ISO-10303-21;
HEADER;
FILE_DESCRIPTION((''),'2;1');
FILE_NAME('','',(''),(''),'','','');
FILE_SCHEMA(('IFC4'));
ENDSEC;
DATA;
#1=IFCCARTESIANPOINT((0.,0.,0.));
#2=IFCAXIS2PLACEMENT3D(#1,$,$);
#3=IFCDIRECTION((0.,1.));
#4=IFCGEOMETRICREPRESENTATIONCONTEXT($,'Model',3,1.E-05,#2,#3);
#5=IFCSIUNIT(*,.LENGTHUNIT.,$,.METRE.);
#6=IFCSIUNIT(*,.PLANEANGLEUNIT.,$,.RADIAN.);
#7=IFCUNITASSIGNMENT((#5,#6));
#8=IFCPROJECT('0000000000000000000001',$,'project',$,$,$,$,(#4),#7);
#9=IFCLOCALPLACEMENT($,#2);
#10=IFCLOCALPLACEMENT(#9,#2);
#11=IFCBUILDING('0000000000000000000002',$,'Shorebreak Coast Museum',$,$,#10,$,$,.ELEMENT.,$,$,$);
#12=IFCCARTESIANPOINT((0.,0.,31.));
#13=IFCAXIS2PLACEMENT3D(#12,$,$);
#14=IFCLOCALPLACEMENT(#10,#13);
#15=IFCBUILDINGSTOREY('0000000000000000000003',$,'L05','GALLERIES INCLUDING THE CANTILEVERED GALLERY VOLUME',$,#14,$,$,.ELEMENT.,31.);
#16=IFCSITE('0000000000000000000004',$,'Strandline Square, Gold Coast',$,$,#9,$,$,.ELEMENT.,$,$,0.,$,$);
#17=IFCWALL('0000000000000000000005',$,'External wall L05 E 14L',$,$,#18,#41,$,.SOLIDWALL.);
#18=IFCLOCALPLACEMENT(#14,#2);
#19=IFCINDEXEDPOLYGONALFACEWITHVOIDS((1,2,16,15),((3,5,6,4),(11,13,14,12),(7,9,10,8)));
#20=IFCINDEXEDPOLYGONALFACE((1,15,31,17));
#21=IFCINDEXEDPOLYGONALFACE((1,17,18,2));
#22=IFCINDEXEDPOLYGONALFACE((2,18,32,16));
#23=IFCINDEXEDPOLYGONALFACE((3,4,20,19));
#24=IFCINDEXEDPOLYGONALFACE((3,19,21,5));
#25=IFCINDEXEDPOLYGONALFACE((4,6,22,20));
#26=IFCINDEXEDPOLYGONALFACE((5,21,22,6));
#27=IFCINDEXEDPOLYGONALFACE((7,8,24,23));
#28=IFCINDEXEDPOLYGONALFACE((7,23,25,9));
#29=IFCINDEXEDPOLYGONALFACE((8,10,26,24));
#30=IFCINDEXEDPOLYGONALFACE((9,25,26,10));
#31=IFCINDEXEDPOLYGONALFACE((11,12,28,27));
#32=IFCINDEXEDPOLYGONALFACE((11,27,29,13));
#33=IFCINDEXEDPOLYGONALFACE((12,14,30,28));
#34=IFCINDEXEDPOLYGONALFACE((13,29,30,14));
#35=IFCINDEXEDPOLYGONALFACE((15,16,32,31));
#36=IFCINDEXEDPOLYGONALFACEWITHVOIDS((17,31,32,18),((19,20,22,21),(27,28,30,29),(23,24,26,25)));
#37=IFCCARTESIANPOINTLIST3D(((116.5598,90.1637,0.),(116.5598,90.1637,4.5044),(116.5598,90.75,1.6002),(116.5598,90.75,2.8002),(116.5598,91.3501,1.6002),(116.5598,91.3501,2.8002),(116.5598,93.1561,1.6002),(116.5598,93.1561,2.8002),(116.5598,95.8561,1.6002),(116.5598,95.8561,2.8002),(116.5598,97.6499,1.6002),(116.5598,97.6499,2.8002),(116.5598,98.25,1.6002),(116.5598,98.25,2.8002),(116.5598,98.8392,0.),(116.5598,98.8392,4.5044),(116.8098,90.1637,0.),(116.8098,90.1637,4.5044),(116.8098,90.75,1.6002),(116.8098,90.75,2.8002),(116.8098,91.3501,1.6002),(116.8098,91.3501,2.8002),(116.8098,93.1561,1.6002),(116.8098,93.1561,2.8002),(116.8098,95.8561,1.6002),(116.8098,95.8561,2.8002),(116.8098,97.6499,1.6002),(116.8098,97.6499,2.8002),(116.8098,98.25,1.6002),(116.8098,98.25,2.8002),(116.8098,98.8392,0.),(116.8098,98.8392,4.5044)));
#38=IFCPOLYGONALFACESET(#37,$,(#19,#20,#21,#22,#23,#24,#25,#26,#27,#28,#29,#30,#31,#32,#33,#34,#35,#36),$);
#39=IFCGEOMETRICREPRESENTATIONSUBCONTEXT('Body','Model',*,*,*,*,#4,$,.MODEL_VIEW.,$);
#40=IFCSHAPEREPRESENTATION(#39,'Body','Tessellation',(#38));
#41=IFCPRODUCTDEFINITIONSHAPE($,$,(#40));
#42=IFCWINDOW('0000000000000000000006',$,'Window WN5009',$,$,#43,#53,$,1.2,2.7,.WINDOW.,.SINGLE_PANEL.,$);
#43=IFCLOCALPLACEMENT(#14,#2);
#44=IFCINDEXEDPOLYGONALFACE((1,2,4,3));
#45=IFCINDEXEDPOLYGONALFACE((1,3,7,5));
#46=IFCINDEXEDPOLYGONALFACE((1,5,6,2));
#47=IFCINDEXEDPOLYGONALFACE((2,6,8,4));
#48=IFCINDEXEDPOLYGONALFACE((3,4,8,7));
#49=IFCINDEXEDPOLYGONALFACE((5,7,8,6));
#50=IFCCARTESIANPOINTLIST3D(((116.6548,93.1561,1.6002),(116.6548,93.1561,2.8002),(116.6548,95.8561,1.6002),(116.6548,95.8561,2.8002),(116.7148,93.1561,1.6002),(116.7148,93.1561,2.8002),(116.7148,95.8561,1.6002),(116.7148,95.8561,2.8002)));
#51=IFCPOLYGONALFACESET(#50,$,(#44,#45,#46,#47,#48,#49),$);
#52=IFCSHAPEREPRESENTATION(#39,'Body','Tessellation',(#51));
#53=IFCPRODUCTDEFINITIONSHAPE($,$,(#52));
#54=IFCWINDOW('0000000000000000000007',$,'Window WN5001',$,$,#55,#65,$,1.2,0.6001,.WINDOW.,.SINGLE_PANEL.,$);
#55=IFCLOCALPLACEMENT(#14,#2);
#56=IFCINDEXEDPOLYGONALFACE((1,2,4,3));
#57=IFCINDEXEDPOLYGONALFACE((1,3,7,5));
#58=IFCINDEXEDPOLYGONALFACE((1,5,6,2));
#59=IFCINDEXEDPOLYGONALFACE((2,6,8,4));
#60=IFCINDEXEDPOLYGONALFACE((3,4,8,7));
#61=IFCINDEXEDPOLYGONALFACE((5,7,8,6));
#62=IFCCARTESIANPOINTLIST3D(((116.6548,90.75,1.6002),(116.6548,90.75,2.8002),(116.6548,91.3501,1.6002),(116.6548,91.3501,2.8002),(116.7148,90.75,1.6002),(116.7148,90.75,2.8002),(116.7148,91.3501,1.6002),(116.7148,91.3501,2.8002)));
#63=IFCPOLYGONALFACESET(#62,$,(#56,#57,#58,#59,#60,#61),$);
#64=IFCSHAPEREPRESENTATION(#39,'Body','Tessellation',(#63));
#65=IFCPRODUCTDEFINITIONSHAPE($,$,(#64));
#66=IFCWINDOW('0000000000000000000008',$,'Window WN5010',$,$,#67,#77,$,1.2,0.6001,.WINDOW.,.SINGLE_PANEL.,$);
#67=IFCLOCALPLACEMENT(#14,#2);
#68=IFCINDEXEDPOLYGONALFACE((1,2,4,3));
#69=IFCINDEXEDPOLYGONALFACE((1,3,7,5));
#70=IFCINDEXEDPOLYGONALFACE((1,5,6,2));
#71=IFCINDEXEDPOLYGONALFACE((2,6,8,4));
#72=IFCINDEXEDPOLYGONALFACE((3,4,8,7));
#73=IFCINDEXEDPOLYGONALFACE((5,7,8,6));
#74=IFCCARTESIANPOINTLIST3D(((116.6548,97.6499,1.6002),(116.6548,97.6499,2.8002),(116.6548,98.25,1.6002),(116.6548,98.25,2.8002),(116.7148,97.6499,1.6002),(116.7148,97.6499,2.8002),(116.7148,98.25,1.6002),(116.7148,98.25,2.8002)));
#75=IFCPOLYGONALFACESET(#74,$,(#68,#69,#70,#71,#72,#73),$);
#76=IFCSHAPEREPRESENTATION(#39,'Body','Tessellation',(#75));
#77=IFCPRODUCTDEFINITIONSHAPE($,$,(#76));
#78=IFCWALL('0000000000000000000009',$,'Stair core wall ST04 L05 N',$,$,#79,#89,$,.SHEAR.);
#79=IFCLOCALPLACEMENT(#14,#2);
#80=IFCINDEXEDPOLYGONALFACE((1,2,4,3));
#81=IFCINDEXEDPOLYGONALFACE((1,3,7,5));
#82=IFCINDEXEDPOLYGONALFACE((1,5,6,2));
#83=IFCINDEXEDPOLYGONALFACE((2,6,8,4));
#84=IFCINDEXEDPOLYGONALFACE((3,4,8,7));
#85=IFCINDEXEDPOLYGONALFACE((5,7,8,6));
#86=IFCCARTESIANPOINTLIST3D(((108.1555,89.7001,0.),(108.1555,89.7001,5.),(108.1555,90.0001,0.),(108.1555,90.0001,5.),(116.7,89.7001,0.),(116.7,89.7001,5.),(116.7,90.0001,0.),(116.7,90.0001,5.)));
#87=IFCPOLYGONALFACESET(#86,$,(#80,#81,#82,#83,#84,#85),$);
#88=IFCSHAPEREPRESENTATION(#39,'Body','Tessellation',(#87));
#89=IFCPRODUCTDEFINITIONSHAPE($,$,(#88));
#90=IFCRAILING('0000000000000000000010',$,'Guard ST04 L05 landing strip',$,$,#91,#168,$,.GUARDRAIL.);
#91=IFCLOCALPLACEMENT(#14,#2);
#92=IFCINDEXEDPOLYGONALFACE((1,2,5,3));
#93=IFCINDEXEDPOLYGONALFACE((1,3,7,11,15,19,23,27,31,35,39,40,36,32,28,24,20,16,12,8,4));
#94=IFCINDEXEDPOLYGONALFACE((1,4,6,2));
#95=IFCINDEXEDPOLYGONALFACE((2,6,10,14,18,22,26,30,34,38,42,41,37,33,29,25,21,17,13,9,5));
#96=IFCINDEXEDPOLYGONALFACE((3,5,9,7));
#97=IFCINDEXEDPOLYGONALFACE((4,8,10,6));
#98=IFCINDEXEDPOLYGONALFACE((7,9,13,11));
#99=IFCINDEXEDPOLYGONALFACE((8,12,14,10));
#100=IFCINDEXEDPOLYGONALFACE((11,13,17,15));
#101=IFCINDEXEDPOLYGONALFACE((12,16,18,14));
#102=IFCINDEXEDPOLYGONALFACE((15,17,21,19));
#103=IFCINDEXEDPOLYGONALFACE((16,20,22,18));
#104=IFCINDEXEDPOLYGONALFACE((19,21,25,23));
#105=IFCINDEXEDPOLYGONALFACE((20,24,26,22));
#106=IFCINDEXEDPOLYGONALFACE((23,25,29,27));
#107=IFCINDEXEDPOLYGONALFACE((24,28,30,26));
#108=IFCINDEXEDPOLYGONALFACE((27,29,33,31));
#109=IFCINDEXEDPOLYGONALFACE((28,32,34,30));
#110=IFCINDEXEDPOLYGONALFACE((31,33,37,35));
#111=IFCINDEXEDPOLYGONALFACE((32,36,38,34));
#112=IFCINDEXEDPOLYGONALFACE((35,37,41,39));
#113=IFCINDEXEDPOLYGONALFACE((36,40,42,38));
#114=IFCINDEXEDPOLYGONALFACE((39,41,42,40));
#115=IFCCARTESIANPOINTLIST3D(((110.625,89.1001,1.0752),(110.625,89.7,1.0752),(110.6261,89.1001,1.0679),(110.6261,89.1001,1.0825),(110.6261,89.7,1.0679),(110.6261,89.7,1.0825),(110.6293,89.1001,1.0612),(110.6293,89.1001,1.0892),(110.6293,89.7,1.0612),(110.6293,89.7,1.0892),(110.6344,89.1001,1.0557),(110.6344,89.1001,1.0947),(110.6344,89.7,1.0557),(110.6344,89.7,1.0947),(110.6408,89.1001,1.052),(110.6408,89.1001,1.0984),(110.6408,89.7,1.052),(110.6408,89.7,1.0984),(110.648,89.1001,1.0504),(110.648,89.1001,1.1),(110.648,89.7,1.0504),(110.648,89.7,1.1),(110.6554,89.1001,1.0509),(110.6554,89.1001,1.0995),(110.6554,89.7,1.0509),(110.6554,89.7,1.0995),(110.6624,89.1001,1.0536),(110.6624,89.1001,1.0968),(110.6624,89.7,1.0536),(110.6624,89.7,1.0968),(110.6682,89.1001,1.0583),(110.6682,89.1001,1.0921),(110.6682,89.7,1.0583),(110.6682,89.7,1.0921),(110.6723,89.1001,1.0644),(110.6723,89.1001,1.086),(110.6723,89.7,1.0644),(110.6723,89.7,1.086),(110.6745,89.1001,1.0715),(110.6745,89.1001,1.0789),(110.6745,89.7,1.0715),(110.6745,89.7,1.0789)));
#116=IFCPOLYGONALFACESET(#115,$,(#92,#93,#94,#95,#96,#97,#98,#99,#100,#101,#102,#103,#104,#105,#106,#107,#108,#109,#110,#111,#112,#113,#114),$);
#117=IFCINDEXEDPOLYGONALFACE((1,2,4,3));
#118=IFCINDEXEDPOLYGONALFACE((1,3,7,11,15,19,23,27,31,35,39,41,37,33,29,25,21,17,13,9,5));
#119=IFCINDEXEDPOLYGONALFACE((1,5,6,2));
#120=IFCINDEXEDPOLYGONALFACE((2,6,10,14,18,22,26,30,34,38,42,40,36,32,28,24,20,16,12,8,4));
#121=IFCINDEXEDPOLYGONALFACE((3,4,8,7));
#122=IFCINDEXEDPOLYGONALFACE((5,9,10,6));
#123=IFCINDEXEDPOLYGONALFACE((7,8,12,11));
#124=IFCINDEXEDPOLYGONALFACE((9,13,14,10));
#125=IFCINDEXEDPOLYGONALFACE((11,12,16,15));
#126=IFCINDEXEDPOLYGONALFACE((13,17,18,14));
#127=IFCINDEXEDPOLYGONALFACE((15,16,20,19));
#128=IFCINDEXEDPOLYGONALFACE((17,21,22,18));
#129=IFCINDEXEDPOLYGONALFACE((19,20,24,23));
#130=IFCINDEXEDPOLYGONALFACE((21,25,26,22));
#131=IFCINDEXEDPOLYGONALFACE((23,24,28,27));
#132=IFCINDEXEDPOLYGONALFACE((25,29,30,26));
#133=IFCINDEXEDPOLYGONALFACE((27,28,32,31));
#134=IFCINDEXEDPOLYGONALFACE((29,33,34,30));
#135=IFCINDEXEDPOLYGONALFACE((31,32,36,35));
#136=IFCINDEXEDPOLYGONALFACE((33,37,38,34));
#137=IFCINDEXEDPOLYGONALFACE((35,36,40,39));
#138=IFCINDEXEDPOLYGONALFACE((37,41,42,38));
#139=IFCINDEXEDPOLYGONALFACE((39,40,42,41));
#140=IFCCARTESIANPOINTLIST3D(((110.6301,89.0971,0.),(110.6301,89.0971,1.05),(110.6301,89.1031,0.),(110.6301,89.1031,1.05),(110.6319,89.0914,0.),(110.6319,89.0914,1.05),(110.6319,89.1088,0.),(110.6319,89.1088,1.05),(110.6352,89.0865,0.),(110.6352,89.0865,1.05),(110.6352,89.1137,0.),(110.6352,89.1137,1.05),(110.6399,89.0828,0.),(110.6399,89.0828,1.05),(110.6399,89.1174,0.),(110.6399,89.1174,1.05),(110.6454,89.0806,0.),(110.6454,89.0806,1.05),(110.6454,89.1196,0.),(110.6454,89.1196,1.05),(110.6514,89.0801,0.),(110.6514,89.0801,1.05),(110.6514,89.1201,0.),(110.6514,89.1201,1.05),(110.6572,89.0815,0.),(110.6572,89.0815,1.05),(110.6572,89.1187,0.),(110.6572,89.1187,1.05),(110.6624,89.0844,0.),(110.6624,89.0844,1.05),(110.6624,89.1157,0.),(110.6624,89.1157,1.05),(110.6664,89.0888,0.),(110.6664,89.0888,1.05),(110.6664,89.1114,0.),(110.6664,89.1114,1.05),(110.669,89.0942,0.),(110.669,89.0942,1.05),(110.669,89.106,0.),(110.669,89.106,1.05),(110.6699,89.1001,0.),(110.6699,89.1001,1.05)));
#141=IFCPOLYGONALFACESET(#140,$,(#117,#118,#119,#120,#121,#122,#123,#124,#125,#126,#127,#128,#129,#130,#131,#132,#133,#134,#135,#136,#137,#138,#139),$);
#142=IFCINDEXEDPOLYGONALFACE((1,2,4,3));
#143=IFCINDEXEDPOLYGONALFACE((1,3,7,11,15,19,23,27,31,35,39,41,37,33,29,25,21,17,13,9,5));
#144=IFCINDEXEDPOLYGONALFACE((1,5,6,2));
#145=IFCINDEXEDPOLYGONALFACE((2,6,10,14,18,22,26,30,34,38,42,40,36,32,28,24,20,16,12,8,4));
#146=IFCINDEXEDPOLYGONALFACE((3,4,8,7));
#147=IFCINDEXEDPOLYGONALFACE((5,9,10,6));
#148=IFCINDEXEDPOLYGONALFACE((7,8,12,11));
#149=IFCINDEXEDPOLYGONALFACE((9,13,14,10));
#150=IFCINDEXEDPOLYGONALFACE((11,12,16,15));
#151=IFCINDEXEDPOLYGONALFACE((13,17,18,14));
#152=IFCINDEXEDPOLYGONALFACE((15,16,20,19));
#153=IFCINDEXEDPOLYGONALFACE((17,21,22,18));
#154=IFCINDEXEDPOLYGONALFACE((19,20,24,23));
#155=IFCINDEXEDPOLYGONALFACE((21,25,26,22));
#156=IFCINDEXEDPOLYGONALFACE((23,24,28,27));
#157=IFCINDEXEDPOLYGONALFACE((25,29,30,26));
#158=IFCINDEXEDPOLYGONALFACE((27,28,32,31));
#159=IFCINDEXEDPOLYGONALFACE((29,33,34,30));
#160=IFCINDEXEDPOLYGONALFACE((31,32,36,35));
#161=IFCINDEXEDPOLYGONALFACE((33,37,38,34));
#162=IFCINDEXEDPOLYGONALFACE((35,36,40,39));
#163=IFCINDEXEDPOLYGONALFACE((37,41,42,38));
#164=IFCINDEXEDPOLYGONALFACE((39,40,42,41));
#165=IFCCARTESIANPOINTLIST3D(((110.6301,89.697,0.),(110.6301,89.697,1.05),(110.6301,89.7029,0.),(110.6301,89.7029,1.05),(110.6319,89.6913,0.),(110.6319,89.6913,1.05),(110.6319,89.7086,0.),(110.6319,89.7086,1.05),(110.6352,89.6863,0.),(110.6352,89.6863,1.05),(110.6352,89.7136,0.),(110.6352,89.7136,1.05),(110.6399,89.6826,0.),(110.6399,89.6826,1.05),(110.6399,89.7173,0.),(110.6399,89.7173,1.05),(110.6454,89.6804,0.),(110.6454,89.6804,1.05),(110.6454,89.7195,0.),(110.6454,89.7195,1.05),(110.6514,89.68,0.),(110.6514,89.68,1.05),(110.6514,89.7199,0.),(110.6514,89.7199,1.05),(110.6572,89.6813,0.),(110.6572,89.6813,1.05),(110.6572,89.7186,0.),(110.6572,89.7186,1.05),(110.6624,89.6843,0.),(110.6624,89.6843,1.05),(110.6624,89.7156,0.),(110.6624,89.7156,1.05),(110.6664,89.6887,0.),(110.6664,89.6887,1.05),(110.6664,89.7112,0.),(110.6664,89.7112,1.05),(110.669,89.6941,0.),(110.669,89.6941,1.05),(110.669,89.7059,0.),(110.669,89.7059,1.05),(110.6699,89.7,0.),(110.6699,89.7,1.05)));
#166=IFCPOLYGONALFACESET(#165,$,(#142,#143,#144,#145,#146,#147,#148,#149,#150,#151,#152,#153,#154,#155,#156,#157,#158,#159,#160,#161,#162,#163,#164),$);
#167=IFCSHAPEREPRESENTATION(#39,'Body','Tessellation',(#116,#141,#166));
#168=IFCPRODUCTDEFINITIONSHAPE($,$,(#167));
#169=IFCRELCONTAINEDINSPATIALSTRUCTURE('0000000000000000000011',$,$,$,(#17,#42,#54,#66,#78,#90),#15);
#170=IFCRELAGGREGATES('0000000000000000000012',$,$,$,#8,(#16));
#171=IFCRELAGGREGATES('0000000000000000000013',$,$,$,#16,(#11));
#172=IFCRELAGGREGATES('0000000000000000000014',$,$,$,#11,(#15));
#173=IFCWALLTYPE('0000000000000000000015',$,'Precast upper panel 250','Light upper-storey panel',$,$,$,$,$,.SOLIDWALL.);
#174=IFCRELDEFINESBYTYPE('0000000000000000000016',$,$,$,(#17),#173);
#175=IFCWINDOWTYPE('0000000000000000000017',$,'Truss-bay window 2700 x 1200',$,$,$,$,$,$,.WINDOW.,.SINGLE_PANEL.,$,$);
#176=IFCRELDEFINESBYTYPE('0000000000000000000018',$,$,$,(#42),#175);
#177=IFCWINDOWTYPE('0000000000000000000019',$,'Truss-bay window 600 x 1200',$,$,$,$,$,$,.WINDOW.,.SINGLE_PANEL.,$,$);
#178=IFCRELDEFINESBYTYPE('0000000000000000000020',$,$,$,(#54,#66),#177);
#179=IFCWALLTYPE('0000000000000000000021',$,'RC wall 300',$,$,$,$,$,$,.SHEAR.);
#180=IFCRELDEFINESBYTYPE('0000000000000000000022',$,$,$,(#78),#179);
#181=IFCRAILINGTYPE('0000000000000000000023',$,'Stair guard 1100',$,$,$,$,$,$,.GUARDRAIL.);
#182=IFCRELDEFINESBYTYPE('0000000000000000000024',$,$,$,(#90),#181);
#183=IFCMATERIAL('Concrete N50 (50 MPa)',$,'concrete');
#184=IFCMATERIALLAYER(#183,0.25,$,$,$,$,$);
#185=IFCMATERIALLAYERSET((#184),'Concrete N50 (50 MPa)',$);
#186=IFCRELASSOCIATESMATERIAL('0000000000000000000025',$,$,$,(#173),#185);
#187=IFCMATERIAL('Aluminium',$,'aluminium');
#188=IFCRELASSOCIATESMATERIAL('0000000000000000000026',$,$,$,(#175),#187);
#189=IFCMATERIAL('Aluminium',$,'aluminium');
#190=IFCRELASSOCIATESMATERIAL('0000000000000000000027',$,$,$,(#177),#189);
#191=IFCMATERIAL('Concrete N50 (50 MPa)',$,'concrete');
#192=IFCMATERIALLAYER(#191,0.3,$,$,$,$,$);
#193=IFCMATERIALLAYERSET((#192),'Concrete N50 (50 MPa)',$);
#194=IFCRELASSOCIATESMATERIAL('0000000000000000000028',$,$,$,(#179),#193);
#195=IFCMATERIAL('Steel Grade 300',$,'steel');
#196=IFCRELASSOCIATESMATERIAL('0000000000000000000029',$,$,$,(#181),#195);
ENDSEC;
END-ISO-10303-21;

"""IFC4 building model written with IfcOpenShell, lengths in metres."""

from ifc_helpers import new_model, si_unit, direction, frame, frame_2d, origin, origin_2d, place, context, subcontext, project, spatial, rectangle, circle, extrude, material, layer, layer_set, type_object, element, fill, save


model = new_model("IFC4")

# Units and contexts
model_context = context("Model", 3, precision=1e-05, world=origin(), true_north=direction((0.0, 1.0)))
body_context = subcontext(model_context, "Body", "Model", "MODEL_VIEW")
ifc_project = project(units=[si_unit("LENGTHUNIT", "METRE"), si_unit("PLANEANGLEUNIT", "RADIAN")], contexts=[model_context])

# Site, building, storey
site_placement = place(None, origin())
site = spatial("IfcSite", under=ifc_project, at=site_placement, Name="Strandline Square, Gold Coast", CompositionType="ELEMENT", RefElevation=0.0)
building_placement = place(site_placement, origin())
building = spatial("IfcBuilding", under=site, at=building_placement, Name="Shorebreak Coast Museum", CompositionType="ELEMENT")
storey_placement = place(building_placement, frame((0.0, 0.0, 31.0)))
storey = spatial("IfcBuildingStorey", under=building, at=storey_placement, Name="L05", Description="GALLERIES INCLUDING THE CANTILEVERED GALLERY VOLUME", CompositionType="ELEMENT", Elevation=31.0)

# Wall, openings, windows
ifc_material_1 = material(Name="Concrete N50 (50 MPa)", Category="concrete")
ifc_layer_1 = layer(ifc_material_1, 0.25)
ifc_layer_set_1 = layer_set([ifc_layer_1], Name="Concrete N50 (50 MPa)")
wall_type_1 = type_object("IfcWallType", Name="Precast upper panel 250", Description="Light upper-storey panel", PredefinedType="SOLIDWALL", material=ifc_layer_set_1)
wall_1_placement = place(storey_placement, frame((116.6848, 90.1636, 0.0), z_axis=(0.0, 0.0, 1.0), x_axis=(0.0, 1.0, 0.0)))
wall_1 = element("IfcWall", 1, at=wall_1_placement, inside=storey, type_object=wall_type_1, Name="External wall L05 E 14L", PredefinedType="SOLIDWALL", context=body_context, shape_type="SweptSolid", body=[
    extrude(rectangle(XDim=8.6755, YDim=0.25, at=frame_2d((4.3379, 0.0))), origin(), (0.0, 0.0, 1.0), 4.5044),
])
opening_1_placement = place(wall_1_placement, frame((0.5864, 0.0, 1.6001)))
opening_1 = element("IfcOpeningElement", 2, at=opening_1_placement, cuts=wall_1, PredefinedType="OPENING", context=body_context, shape_type="SweptSolid", body=[
    extrude(rectangle(XDim=0.6001, YDim=1.2, at=frame_2d((0.3, 0.6001))), frame((0.0, 0.135, 0.0), z_axis=(0.0, -1.0, 0.0), x_axis=(1.0, 0.0, 0.0)), (0.0, 0.0, 1.0), 0.27),
])
opening_2_placement = place(wall_1_placement, frame((2.9924, 0.0, 1.6001)))
opening_2 = element("IfcOpeningElement", 3, at=opening_2_placement, cuts=wall_1, PredefinedType="OPENING", context=body_context, shape_type="SweptSolid", body=[
    extrude(rectangle(XDim=2.7, YDim=1.2, at=frame_2d((1.3501, 0.6001))), frame((0.0, 0.135, 0.0), z_axis=(0.0, -1.0, 0.0), x_axis=(1.0, 0.0, 0.0)), (0.0, 0.0, 1.0), 0.27),
])
opening_3_placement = place(wall_1_placement, frame((7.4863, 0.0, 1.6001)))
opening_3 = element("IfcOpeningElement", 4, at=opening_3_placement, cuts=wall_1, PredefinedType="OPENING", context=body_context, shape_type="SweptSolid", body=[
    extrude(rectangle(XDim=0.6001, YDim=1.2, at=frame_2d((0.3, 0.6001))), frame((0.0, 0.135, 0.0), z_axis=(0.0, -1.0, 0.0), x_axis=(1.0, 0.0, 0.0)), (0.0, 0.0, 1.0), 0.27),
])
ifc_material_2 = material(Name="Aluminium", Category="aluminium")
window_type_1 = type_object("IfcWindowType", Name="Truss-bay window 2700 x 1200", PartitioningType="SINGLE_PANEL", PredefinedType="WINDOW", material=ifc_material_2)
window_1_placement = place(opening_2_placement, origin())
window_1 = element("IfcWindow", 5, at=window_1_placement, inside=storey, type_object=window_type_1, Name="Window WN5009", OverallHeight=1.2, OverallWidth=2.7, PartitioningType="SINGLE_PANEL", PredefinedType="WINDOW", context=body_context, shape_type="SweptSolid", body=[
    extrude(rectangle(XDim=2.7, YDim=1.2, at=frame_2d((1.3501, 0.6001))), frame((0.0, 0.03, 0.0), z_axis=(0.0, -1.0, 0.0), x_axis=(1.0, 0.0, 0.0)), (0.0, 0.0, 1.0), 0.0601),
])
fill(opening_2, window_1)
ifc_material_3 = material(Name="Aluminium", Category="aluminium")
window_type_2 = type_object("IfcWindowType", Name="Truss-bay window 600 x 1200", PartitioningType="SINGLE_PANEL", PredefinedType="WINDOW", material=ifc_material_3)
window_2_placement = place(opening_1_placement, origin())
window_2 = element("IfcWindow", 6, at=window_2_placement, inside=storey, type_object=window_type_2, Name="Window WN5001", OverallHeight=1.2, OverallWidth=0.6001, PartitioningType="SINGLE_PANEL", PredefinedType="WINDOW", context=body_context, shape_type="SweptSolid", body=[
    extrude(rectangle(XDim=0.6001, YDim=1.2, at=frame_2d((0.3, 0.6001))), frame((0.0, 0.03, 0.0), z_axis=(0.0, -1.0, 0.0), x_axis=(1.0, 0.0, 0.0)), (0.0, 0.0, 1.0), 0.0601),
])
fill(opening_1, window_2)
window_3_placement = place(opening_3_placement, origin())
window_3 = element("IfcWindow", 7, at=window_3_placement, inside=storey, type_object=window_type_2, Name="Window WN5010", OverallHeight=1.2, OverallWidth=0.6001, PartitioningType="SINGLE_PANEL", PredefinedType="WINDOW", context=body_context, shape_type="SweptSolid", body=[
    extrude(rectangle(XDim=0.6001, YDim=1.2, at=frame_2d((0.3, 0.6001))), frame((0.0, 0.03, 0.0), z_axis=(0.0, -1.0, 0.0), x_axis=(1.0, 0.0, 0.0)), (0.0, 0.0, 1.0), 0.0601),
])
fill(opening_3, window_3)

# Wall
ifc_material_4 = material(Name="Concrete N50 (50 MPa)", Category="concrete")
ifc_layer_2 = layer(ifc_material_4, 0.3)
ifc_layer_set_2 = layer_set([ifc_layer_2], Name="Concrete N50 (50 MPa)")
wall_type_2 = type_object("IfcWallType", Name="RC wall 300", PredefinedType="SHEAR", material=ifc_layer_set_2)
wall_2_placement = place(storey_placement, frame((108.1555, 89.8501, 0.0), z_axis=(0.0, 0.0, 1.0), x_axis=(1.0, 0.0, 0.0)))
element("IfcWall", 8, at=wall_2_placement, inside=storey, type_object=wall_type_2, Name="Stair core wall ST04 L05 N", PredefinedType="SHEAR", context=body_context, shape_type="SweptSolid", body=[
    extrude(rectangle(XDim=8.5444, YDim=0.3, at=frame_2d((4.2722, 0.0))), origin(), (0.0, 0.0, 1.0), 5.0),
])

# Railing
ifc_material_5 = material(Name="Steel Grade 300", Category="steel")
railing_type_1 = type_object("IfcRailingType", Name="Stair guard 1100", PredefinedType="GUARDRAIL", material=ifc_material_5)
for number, where, name in (
    (9, (110.6499, 89.1001, 0.0), "Guard ST04 L05 landing strip"),
):
    element("IfcRailing", number, at=place(storey_placement, frame(where)), inside=storey, type_object=railing_type_1, Name=name, PredefinedType="GUARDRAIL", context=body_context, shape_type="SweptSolid", body=[
        extrude(circle(Radius=0.0249, at=origin_2d()), frame((0.0, 0.0, 1.0752), z_axis=(0.0, 1.0, 0.0), x_axis=(-1.0, 0.0, 0.0)), (0.0, 0.0, 1.0), 0.5999),
        extrude(circle(Radius=0.02, at=origin_2d()), origin(), (0.0, 0.0, 1.0), 1.05),
        extrude(circle(Radius=0.02, at=origin_2d()), frame((0.0, 0.5999, 0.0)), (0.0, 0.0, 1.0), 1.05),
    ])

save(model, "model.ifc")
